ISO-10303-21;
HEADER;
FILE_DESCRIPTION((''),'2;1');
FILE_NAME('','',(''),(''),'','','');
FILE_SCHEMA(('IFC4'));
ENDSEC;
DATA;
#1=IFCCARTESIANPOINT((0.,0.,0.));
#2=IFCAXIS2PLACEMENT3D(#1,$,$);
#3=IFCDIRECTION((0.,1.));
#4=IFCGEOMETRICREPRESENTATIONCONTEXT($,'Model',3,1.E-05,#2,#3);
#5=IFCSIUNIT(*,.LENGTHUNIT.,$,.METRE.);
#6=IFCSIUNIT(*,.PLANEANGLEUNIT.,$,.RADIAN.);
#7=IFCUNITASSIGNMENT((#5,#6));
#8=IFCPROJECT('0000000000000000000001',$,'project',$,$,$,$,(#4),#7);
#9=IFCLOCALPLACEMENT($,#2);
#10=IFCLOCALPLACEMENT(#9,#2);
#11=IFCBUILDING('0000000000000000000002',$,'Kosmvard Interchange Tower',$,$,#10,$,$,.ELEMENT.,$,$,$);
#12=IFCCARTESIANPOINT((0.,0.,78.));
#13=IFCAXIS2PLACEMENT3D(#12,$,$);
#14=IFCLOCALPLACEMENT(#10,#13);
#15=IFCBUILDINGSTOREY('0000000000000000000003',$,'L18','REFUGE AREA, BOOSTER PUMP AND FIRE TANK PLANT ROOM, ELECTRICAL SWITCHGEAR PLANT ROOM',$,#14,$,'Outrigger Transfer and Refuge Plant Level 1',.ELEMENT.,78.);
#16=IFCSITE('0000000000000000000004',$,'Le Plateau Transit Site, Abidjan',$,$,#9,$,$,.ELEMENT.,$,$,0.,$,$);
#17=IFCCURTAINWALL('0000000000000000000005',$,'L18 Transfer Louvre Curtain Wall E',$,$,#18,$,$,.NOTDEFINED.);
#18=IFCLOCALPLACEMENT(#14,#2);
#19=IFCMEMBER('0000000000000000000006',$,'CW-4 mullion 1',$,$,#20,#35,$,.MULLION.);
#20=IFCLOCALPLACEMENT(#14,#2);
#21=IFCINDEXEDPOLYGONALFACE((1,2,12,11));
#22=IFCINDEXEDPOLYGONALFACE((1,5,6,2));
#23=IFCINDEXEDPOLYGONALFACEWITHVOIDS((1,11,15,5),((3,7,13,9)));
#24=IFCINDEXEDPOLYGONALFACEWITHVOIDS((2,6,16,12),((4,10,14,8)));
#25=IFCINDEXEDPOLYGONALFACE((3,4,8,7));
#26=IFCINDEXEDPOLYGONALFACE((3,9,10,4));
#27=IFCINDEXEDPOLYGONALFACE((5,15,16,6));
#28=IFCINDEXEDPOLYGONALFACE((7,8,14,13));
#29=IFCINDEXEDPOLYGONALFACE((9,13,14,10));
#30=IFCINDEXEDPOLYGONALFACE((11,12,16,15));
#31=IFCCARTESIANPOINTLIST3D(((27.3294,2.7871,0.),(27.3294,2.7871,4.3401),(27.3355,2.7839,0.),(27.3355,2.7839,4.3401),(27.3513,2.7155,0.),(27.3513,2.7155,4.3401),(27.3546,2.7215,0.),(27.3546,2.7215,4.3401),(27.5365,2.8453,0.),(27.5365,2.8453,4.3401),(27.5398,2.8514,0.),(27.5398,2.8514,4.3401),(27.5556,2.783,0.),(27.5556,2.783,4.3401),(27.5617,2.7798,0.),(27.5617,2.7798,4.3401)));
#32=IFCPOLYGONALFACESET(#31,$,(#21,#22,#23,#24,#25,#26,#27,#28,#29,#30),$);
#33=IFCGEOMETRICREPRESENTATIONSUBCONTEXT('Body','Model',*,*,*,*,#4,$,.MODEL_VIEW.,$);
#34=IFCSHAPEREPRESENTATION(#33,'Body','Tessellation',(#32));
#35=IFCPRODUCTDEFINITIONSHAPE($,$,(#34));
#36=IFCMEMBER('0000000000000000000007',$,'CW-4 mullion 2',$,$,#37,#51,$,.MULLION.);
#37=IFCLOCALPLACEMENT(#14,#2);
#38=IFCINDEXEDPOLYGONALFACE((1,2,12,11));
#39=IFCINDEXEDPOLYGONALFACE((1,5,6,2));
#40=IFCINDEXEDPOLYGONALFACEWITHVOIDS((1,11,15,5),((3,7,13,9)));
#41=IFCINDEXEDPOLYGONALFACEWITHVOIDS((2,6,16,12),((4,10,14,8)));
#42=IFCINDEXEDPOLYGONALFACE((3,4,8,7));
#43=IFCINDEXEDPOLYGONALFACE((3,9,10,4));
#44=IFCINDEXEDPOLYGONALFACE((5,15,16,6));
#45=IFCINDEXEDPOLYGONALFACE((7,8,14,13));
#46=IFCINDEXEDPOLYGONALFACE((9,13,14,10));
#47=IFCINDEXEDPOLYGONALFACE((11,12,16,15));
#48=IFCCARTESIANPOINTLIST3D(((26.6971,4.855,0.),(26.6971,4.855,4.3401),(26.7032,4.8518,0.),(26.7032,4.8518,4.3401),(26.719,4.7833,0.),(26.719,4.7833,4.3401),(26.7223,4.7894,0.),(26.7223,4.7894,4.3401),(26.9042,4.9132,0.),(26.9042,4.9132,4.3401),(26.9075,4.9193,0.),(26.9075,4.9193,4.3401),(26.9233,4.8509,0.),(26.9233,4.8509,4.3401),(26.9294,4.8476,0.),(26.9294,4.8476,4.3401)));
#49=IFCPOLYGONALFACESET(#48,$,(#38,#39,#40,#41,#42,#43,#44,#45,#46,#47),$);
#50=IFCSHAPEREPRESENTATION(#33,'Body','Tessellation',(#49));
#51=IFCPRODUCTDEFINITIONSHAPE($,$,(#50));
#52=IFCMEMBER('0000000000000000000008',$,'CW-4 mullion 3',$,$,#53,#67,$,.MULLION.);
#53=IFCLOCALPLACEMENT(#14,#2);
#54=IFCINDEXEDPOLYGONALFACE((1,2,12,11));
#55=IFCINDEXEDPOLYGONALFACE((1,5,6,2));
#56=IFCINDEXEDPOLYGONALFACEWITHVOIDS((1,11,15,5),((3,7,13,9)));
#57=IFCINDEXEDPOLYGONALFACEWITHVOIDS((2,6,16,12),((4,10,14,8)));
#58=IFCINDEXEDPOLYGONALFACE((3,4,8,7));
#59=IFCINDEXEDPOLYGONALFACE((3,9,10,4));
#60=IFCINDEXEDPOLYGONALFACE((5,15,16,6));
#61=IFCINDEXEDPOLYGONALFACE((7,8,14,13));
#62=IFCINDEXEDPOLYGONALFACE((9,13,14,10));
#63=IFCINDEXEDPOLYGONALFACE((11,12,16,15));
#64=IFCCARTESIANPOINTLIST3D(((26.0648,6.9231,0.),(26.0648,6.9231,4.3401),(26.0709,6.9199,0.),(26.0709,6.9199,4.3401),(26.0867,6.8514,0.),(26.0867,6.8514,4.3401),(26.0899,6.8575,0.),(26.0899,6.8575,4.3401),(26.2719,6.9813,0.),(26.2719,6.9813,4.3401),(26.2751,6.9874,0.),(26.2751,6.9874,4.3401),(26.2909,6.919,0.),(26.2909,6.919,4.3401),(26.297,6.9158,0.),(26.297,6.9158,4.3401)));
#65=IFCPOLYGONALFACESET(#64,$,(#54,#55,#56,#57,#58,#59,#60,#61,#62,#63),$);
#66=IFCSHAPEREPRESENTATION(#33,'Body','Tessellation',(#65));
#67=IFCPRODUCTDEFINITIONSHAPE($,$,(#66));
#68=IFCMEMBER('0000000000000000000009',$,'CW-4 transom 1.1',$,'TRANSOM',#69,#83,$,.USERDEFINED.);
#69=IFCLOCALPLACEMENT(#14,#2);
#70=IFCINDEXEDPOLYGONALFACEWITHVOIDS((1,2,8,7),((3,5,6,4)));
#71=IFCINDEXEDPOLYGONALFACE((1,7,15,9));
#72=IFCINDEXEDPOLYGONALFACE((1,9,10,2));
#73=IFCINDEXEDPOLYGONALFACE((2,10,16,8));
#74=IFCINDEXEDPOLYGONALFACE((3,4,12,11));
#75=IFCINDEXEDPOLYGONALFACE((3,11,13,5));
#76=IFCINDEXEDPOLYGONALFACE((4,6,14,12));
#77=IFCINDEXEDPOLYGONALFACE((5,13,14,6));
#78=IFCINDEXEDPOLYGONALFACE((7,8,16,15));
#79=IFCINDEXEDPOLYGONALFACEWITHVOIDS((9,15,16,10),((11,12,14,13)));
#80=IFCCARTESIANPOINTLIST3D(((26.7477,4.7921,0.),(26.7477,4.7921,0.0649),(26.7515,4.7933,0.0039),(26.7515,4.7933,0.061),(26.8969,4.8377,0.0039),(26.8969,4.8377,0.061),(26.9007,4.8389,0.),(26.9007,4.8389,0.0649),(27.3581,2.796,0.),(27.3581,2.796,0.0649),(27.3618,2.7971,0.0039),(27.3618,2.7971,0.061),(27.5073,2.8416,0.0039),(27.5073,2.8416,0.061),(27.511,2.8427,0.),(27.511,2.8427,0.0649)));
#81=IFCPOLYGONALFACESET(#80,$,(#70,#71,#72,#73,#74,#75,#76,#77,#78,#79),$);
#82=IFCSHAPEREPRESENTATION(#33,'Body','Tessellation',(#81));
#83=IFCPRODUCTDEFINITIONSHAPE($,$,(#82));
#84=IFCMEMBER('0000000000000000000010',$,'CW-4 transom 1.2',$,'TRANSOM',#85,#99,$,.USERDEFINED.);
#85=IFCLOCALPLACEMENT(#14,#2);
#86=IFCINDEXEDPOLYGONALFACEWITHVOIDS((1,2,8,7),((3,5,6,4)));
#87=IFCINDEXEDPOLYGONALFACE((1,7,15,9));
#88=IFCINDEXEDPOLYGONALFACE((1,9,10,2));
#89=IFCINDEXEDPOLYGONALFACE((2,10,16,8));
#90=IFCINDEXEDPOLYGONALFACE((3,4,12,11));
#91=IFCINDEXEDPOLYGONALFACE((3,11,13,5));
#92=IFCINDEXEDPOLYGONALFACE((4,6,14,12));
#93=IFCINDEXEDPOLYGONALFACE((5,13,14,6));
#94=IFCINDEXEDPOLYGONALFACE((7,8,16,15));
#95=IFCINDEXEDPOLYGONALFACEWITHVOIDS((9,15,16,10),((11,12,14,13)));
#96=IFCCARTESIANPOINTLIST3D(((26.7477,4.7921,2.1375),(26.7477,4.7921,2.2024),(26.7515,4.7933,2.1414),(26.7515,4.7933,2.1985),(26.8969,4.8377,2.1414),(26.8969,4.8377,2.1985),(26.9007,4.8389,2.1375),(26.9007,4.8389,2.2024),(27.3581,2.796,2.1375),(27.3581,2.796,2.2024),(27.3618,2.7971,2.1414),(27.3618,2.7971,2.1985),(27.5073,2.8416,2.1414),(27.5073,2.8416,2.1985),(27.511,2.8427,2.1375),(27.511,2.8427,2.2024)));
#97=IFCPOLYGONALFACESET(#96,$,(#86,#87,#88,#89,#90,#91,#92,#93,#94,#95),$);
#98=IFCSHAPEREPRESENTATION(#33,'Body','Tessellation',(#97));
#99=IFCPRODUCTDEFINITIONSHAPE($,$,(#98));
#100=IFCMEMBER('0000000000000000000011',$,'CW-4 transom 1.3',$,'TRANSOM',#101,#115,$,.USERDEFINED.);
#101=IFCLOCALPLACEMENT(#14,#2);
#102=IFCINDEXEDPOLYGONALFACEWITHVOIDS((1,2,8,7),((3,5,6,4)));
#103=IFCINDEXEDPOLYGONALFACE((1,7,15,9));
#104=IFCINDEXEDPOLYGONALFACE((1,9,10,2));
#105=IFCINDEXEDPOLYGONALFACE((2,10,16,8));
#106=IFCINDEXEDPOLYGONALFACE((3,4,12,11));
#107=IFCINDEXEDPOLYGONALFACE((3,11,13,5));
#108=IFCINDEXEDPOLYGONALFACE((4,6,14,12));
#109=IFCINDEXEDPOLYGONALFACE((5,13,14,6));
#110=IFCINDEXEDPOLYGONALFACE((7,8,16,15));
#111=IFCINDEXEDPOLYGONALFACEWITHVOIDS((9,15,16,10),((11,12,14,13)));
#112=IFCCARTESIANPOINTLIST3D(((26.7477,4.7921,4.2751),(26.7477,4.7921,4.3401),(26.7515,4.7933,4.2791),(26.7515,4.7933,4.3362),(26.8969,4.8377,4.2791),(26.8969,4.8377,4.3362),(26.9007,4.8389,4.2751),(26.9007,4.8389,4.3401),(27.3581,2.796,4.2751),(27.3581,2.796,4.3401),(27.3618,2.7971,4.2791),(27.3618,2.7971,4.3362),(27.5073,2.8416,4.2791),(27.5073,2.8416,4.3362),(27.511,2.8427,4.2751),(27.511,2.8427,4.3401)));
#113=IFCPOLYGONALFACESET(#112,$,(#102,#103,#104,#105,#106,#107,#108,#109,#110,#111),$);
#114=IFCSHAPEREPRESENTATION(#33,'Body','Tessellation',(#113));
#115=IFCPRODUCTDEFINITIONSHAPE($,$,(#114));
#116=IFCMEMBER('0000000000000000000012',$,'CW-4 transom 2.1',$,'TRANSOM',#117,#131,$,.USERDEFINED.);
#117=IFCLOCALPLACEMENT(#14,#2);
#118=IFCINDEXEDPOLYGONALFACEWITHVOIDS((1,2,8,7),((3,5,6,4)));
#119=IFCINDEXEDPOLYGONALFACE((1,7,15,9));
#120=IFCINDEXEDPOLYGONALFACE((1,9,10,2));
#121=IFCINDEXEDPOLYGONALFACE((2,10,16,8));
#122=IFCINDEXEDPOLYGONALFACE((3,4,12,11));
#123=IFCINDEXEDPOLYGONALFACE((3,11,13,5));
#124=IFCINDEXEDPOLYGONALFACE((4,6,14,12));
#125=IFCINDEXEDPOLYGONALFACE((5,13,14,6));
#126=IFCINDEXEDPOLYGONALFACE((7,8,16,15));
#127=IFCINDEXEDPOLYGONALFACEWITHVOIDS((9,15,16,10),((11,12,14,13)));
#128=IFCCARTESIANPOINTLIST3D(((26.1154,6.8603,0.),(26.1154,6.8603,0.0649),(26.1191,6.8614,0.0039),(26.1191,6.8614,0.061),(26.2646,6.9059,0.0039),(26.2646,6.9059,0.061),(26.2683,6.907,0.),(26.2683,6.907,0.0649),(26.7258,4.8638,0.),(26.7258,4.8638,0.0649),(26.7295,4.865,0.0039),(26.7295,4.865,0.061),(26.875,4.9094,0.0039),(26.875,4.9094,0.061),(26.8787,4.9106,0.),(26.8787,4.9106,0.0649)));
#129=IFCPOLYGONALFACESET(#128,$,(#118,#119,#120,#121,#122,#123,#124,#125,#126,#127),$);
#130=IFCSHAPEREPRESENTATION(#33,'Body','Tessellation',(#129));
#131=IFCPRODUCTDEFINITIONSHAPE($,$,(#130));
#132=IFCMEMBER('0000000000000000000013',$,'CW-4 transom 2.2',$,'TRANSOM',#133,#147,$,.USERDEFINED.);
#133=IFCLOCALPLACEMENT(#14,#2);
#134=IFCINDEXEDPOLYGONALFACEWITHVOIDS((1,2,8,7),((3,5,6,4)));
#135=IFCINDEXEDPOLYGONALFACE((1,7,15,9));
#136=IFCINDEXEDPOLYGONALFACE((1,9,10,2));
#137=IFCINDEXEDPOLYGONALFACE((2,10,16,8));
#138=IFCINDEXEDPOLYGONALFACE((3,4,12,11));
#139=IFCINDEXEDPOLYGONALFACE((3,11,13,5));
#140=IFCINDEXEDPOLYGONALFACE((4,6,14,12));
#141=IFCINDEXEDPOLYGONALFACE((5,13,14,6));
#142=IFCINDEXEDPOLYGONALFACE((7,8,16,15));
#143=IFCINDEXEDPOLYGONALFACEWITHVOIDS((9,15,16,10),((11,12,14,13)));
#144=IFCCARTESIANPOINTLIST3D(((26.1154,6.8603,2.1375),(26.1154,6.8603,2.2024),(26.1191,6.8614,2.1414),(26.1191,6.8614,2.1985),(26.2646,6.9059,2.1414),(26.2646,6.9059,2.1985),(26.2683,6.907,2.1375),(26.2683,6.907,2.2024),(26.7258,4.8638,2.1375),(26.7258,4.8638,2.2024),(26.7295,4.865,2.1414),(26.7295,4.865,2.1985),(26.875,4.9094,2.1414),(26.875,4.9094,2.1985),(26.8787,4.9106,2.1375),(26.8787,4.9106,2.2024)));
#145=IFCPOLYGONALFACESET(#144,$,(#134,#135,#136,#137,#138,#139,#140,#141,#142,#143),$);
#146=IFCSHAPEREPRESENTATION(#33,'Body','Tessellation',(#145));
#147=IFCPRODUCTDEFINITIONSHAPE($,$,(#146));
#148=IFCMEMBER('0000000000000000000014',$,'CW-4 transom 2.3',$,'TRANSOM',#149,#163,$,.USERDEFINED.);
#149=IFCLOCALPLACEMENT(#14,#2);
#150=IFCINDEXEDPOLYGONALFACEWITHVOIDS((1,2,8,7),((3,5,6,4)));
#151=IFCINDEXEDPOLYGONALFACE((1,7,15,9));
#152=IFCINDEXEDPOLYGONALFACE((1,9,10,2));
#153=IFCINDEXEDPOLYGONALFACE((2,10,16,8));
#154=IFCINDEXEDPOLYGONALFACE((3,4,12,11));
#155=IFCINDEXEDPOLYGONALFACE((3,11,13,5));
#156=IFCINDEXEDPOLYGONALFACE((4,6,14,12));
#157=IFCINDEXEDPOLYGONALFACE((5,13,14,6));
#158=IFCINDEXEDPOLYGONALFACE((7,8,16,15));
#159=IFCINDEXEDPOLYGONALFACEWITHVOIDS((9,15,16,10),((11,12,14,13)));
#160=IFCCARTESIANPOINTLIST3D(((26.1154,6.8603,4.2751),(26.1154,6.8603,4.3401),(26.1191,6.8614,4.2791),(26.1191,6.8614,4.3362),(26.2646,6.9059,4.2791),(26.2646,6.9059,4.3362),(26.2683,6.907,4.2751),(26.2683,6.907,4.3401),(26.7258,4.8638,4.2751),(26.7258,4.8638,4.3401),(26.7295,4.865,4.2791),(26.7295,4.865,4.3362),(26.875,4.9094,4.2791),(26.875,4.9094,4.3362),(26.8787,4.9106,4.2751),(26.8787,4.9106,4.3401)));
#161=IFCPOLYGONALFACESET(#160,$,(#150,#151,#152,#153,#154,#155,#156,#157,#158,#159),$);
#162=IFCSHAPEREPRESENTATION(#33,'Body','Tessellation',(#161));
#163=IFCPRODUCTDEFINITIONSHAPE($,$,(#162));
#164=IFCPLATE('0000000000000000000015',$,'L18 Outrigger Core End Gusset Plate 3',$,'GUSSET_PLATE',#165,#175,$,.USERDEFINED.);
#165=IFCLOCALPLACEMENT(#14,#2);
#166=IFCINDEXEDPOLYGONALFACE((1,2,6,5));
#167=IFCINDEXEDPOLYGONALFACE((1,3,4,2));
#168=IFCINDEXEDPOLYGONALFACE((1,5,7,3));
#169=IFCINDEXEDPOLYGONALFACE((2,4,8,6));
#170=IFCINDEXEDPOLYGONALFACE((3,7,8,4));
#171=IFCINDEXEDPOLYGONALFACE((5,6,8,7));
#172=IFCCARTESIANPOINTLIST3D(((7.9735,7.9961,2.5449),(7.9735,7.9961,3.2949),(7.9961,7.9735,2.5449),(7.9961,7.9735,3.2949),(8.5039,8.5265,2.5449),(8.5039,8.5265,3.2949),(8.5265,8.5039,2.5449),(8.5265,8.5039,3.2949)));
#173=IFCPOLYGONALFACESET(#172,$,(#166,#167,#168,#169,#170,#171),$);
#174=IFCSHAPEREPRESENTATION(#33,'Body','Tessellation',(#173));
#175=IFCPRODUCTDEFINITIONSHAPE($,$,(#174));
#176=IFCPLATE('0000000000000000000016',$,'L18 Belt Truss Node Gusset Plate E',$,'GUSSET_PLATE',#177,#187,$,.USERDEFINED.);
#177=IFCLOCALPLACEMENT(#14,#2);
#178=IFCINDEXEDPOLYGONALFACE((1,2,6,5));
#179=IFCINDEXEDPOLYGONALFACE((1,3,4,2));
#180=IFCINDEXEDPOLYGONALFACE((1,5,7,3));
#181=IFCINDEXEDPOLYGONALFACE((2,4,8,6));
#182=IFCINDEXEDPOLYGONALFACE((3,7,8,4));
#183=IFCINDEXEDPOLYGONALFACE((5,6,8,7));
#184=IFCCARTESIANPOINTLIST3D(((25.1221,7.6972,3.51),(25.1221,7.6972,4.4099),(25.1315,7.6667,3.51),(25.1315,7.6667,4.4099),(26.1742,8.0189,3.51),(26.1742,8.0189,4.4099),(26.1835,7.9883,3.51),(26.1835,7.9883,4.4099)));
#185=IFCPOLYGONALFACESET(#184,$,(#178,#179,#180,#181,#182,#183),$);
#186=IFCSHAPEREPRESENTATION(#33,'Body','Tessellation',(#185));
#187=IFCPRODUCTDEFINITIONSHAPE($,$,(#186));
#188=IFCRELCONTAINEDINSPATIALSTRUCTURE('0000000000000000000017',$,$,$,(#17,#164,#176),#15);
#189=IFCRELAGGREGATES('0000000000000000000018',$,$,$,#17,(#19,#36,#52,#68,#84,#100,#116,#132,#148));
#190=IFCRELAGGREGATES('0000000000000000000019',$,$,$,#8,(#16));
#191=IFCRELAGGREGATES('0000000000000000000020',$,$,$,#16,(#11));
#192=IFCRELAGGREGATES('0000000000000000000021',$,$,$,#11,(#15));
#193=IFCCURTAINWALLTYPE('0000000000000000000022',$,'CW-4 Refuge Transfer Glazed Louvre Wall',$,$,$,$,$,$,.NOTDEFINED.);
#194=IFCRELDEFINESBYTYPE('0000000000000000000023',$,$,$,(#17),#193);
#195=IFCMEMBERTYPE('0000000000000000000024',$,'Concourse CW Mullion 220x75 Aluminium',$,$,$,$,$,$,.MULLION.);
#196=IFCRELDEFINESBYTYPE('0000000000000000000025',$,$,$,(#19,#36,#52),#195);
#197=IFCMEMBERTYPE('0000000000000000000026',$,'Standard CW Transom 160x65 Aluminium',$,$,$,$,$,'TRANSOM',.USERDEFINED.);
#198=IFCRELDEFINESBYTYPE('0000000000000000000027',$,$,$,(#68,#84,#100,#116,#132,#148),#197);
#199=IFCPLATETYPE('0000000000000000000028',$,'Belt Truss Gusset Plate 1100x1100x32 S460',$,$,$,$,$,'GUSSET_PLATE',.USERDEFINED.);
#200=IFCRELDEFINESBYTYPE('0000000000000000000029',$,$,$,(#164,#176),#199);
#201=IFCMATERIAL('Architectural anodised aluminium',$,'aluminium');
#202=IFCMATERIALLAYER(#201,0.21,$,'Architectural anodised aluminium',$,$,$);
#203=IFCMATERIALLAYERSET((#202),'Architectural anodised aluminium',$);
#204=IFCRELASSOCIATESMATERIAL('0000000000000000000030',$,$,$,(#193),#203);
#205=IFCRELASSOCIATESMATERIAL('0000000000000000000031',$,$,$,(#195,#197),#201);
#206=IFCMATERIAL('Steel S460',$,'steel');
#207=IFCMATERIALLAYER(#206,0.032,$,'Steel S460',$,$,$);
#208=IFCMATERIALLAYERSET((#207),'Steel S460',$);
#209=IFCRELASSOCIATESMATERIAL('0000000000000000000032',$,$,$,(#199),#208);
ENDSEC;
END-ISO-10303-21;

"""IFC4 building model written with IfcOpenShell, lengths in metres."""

from ifc_helpers import new_model, si_unit, direction, frame, origin, origin_2d, place, context, subcontext, project, spatial, rectangle, hollow_rectangle, extrude, source, transform, mapped, material, layer, layer_set, material_profile, profile_set, type_object, element, aggregate, save


model = new_model("IFC4")

# Units and contexts
model_context = context("Model", 3, precision=1e-05, world=origin(), true_north=direction((0.0, 1.0)))
body_context = subcontext(model_context, "Body", "Model", "MODEL_VIEW")
ifc_project = project(units=[si_unit("LENGTHUNIT", "METRE"), si_unit("PLANEANGLEUNIT", "RADIAN")], contexts=[model_context])

# Site, building, storey
site_placement = place(None, origin())
site = spatial("IfcSite", under=ifc_project, at=site_placement, Name="Le Plateau Transit Site, Abidjan", CompositionType="ELEMENT", RefElevation=0.0)
building_placement = place(site_placement, origin())
building = spatial("IfcBuilding", under=site, at=building_placement, Name="Kosmvard Interchange Tower", CompositionType="ELEMENT")
storey_placement = place(building_placement, frame((0.0, 0.0, 78.0)))
storey = spatial("IfcBuildingStorey", under=building, at=storey_placement, Name="L18", Description="REFUGE AREA, BOOSTER PUMP AND FIRE TANK PLANT ROOM, ELECTRICAL SWITCHGEAR PLANT ROOM", LongName="Outrigger Transfer and Refuge Plant Level 1", CompositionType="ELEMENT", Elevation=78.0)

# Shared definitions
ifc_material_1 = material(Name="Steel S460", Category="steel")

# Curtain wall, members
ifc_material_2 = material(Name="Architectural anodised aluminium", Category="aluminium")
ifc_layer_1 = layer(ifc_material_2, 0.21, Name="Architectural anodised aluminium")
ifc_layer_set_1 = layer_set([ifc_layer_1], Name="Architectural anodised aluminium")
curtain_wall_type = type_object("IfcCurtainWallType", Name="CW-4 Refuge Transfer Glazed Louvre Wall", PredefinedType="NOTDEFINED", material=ifc_layer_set_1)
curtain_wall_placement = place(storey_placement, origin())
curtain_wall = element("IfcCurtainWall", 1, at=curtain_wall_placement, inside=storey, type_object=curtain_wall_type, Name="L18 Transfer Louvre Curtain Wall E", PredefinedType="NOTDEFINED")
ifc_material_profile_1 = material_profile(ifc_material_2, hollow_rectangle(XDim=0.22, YDim=0.075, WallThickness=0.0049, at=origin_2d()), Name="CWM 220x75x5")
ifc_profile_set_1 = profile_set([ifc_material_profile_1], Name="Architectural anodised aluminium")
member_type_1 = type_object("IfcMemberType", Name="Concourse CW Mullion 220x75 Aluminium", PredefinedType="MULLION", material=ifc_profile_set_1)
shared_shape_1 = source(origin(), body_context, "Body", "SweptSolid", [
    extrude(hollow_rectangle(XDim=0.22, YDim=0.075, WallThickness=0.0049, at=origin_2d()), origin(), (0.0, 0.0, 1.0), 4.3401),
])
member_1_placement = place(storey_placement, frame((27.4456, 2.7834, 0.0), z_axis=(0.0, 0.0, 1.0), x_axis=(-0.956305, -0.292372, 0.0)))
member_1 = element("IfcMember", 2, at=member_1_placement, type_object=member_type_1, Name="CW-4 mullion 1", PredefinedType="MULLION", context=body_context, shape_type="MappedRepresentation", body=[
    mapped(shared_shape_1, transform((0.0, 0.0, 0.0), scale=1.0)),
])
member_2_placement = place(storey_placement, frame((26.8132, 4.8513, 0.0), z_axis=(0.0, 0.0, 1.0), x_axis=(-0.956305, -0.292372, 0.0)))
member_2 = element("IfcMember", 3, at=member_2_placement, type_object=member_type_1, Name="CW-4 mullion 2", PredefinedType="MULLION", context=body_context, shape_type="MappedRepresentation", body=[
    mapped(shared_shape_1, transform((0.0, 0.0, 0.0), scale=1.0)),
])
member_3_placement = place(storey_placement, frame((26.1809, 6.9194, 0.0), z_axis=(0.0, 0.0, 1.0), x_axis=(-0.956305, -0.292372, 0.0)))
member_3 = element("IfcMember", 4, at=member_3_placement, type_object=member_type_1, Name="CW-4 mullion 3", PredefinedType="MULLION", context=body_context, shape_type="MappedRepresentation", body=[
    mapped(shared_shape_1, transform((0.0, 0.0, 0.0), scale=1.0)),
])
ifc_material_profile_2 = material_profile(ifc_material_2, hollow_rectangle(XDim=0.1599, YDim=0.0649, WallThickness=0.0039, at=origin_2d()), Name="CWT 160x65x4")
ifc_profile_set_2 = profile_set([ifc_material_profile_2], Name="Architectural anodised aluminium")
member_type_2 = type_object("IfcMemberType", Name="Standard CW Transom 160x65 Aluminium", ElementType="TRANSOM", PredefinedType="USERDEFINED", material=ifc_profile_set_2)
shared_shape_2 = source(origin(), body_context, "Body", "SweptSolid", [
    extrude(hollow_rectangle(XDim=0.1599, YDim=0.0649, WallThickness=0.0039, at=origin_2d()), origin(), (0.0, 0.0, 1.0), 2.0874),
])
member_4_placement = place(storey_placement, frame((27.4346, 2.8193, 0.0325), z_axis=(-0.292409, 0.956293, 0.0), x_axis=(-0.956293, -0.292409, 0.0)))
member_4 = element("IfcMember", 5, at=member_4_placement, type_object=member_type_2, Name="CW-4 transom 1.1", ObjectType="TRANSOM", PredefinedType="USERDEFINED", context=body_context, shape_type="MappedRepresentation", body=[
    mapped(shared_shape_2, transform((0.0, 0.0, 0.0), scale=1.0)),
])
member_5_placement = place(storey_placement, frame((27.4346, 2.8193, 2.1699), z_axis=(-0.292409, 0.956293, 0.0), x_axis=(-0.956293, -0.292409, 0.0)))
member_5 = element("IfcMember", 6, at=member_5_placement, type_object=member_type_2, Name="CW-4 transom 1.2", ObjectType="TRANSOM", PredefinedType="USERDEFINED", context=body_context, shape_type="MappedRepresentation", body=[
    mapped(shared_shape_2, transform((0.0, 0.0, 0.0), scale=1.0)),
])
member_6_placement = place(storey_placement, frame((27.4346, 2.8193, 4.3076), z_axis=(-0.292409, 0.956293, 0.0), x_axis=(-0.956293, -0.292409, 0.0)))
member_6 = element("IfcMember", 7, at=member_6_placement, type_object=member_type_2, Name="CW-4 transom 1.3", ObjectType="TRANSOM", PredefinedType="USERDEFINED", context=body_context, shape_type="MappedRepresentation", body=[
    mapped(shared_shape_2, transform((0.0, 0.0, 0.0), scale=1.0)),
])
shared_shape_3 = source(origin(), body_context, "Body", "SweptSolid", [
    extrude(hollow_rectangle(XDim=0.1599, YDim=0.0649, WallThickness=0.0039, at=origin_2d()), origin(), (0.0, 0.0, 1.0), 2.0876),
])
member_7_placement = place(storey_placement, frame((26.8022, 4.8872, 0.0325), z_axis=(-0.292376, 0.956303, 0.0), x_axis=(-0.956303, -0.292376, 0.0)))
member_7 = element("IfcMember", 8, at=member_7_placement, type_object=member_type_2, Name="CW-4 transom 2.1", ObjectType="TRANSOM", PredefinedType="USERDEFINED", context=body_context, shape_type="MappedRepresentation", body=[
    mapped(shared_shape_3, transform((0.0, 0.0, 0.0), scale=1.0)),
])
member_8_placement = place(storey_placement, frame((26.8022, 4.8872, 2.1699), z_axis=(-0.292376, 0.956303, 0.0), x_axis=(-0.956303, -0.292376, 0.0)))
member_8 = element("IfcMember", 9, at=member_8_placement, type_object=member_type_2, Name="CW-4 transom 2.2", ObjectType="TRANSOM", PredefinedType="USERDEFINED", context=body_context, shape_type="MappedRepresentation", body=[
    mapped(shared_shape_3, transform((0.0, 0.0, 0.0), scale=1.0)),
])
member_9_placement = place(storey_placement, frame((26.8022, 4.8872, 4.3076), z_axis=(-0.292376, 0.956303, 0.0), x_axis=(-0.956303, -0.292376, 0.0)))
member_9 = element("IfcMember", 10, at=member_9_placement, type_object=member_type_2, Name="CW-4 transom 2.3", ObjectType="TRANSOM", PredefinedType="USERDEFINED", context=body_context, shape_type="MappedRepresentation", body=[
    mapped(shared_shape_3, transform((0.0, 0.0, 0.0), scale=1.0)),
])

# Plates
ifc_layer_2 = layer(ifc_material_1, 0.032, Name="Steel S460")
ifc_layer_set_2 = layer_set([ifc_layer_2], Name="Steel S460")
plate_type_1 = type_object("IfcPlateType", Name="Belt Truss Gusset Plate 1100x1100x32 S460", ElementType="GUSSET_PLATE", PredefinedType="USERDEFINED", material=ifc_layer_set_2)
shared_shape_4 = source(origin(), body_context, "Body", "SweptSolid", [
    extrude(rectangle(XDim=0.75, YDim=0.032, at=origin_2d()), origin(), (0.0, 0.0, 1.0), 0.75),
])
plate_1_placement = place(storey_placement, frame((8.25, 8.25, 2.5449), z_axis=(0.0, 0.0, 1.0), x_axis=(0.707107, 0.707107, 0.0)))
element("IfcPlate", 11, at=plate_1_placement, inside=storey, type_object=plate_type_1, Name="L18 Outrigger Core End Gusset Plate 3", ObjectType="GUSSET_PLATE", PredefinedType="USERDEFINED", context=body_context, shape_type="MappedRepresentation", body=[
    mapped(shared_shape_4, transform((0.0, 0.0, 0.0), scale=1.0)),
])
shared_shape_5 = source(origin(), body_context, "Body", "SweptSolid", [
    extrude(rectangle(XDim=1.1001, YDim=0.032, at=origin_2d()), origin(), (0.0, 0.0, 1.0), 0.8999),
])
plate_2_placement = place(storey_placement, frame((25.6528, 7.8428, 3.51), z_axis=(0.0, 0.0, 1.0), x_axis=(0.956305, 0.292372, 0.0)))
element("IfcPlate", 12, at=plate_2_placement, inside=storey, type_object=plate_type_1, Name="L18 Belt Truss Node Gusset Plate E", ObjectType="GUSSET_PLATE", PredefinedType="USERDEFINED", context=body_context, shape_type="MappedRepresentation", body=[
    mapped(shared_shape_5, transform((0.0, 0.0, 0.0), scale=1.0)),
])

aggregate(curtain_wall, [member_1, member_2, member_3, member_4, member_5, member_6, member_7, member_8, member_9])

save(model, "model.ifc")
